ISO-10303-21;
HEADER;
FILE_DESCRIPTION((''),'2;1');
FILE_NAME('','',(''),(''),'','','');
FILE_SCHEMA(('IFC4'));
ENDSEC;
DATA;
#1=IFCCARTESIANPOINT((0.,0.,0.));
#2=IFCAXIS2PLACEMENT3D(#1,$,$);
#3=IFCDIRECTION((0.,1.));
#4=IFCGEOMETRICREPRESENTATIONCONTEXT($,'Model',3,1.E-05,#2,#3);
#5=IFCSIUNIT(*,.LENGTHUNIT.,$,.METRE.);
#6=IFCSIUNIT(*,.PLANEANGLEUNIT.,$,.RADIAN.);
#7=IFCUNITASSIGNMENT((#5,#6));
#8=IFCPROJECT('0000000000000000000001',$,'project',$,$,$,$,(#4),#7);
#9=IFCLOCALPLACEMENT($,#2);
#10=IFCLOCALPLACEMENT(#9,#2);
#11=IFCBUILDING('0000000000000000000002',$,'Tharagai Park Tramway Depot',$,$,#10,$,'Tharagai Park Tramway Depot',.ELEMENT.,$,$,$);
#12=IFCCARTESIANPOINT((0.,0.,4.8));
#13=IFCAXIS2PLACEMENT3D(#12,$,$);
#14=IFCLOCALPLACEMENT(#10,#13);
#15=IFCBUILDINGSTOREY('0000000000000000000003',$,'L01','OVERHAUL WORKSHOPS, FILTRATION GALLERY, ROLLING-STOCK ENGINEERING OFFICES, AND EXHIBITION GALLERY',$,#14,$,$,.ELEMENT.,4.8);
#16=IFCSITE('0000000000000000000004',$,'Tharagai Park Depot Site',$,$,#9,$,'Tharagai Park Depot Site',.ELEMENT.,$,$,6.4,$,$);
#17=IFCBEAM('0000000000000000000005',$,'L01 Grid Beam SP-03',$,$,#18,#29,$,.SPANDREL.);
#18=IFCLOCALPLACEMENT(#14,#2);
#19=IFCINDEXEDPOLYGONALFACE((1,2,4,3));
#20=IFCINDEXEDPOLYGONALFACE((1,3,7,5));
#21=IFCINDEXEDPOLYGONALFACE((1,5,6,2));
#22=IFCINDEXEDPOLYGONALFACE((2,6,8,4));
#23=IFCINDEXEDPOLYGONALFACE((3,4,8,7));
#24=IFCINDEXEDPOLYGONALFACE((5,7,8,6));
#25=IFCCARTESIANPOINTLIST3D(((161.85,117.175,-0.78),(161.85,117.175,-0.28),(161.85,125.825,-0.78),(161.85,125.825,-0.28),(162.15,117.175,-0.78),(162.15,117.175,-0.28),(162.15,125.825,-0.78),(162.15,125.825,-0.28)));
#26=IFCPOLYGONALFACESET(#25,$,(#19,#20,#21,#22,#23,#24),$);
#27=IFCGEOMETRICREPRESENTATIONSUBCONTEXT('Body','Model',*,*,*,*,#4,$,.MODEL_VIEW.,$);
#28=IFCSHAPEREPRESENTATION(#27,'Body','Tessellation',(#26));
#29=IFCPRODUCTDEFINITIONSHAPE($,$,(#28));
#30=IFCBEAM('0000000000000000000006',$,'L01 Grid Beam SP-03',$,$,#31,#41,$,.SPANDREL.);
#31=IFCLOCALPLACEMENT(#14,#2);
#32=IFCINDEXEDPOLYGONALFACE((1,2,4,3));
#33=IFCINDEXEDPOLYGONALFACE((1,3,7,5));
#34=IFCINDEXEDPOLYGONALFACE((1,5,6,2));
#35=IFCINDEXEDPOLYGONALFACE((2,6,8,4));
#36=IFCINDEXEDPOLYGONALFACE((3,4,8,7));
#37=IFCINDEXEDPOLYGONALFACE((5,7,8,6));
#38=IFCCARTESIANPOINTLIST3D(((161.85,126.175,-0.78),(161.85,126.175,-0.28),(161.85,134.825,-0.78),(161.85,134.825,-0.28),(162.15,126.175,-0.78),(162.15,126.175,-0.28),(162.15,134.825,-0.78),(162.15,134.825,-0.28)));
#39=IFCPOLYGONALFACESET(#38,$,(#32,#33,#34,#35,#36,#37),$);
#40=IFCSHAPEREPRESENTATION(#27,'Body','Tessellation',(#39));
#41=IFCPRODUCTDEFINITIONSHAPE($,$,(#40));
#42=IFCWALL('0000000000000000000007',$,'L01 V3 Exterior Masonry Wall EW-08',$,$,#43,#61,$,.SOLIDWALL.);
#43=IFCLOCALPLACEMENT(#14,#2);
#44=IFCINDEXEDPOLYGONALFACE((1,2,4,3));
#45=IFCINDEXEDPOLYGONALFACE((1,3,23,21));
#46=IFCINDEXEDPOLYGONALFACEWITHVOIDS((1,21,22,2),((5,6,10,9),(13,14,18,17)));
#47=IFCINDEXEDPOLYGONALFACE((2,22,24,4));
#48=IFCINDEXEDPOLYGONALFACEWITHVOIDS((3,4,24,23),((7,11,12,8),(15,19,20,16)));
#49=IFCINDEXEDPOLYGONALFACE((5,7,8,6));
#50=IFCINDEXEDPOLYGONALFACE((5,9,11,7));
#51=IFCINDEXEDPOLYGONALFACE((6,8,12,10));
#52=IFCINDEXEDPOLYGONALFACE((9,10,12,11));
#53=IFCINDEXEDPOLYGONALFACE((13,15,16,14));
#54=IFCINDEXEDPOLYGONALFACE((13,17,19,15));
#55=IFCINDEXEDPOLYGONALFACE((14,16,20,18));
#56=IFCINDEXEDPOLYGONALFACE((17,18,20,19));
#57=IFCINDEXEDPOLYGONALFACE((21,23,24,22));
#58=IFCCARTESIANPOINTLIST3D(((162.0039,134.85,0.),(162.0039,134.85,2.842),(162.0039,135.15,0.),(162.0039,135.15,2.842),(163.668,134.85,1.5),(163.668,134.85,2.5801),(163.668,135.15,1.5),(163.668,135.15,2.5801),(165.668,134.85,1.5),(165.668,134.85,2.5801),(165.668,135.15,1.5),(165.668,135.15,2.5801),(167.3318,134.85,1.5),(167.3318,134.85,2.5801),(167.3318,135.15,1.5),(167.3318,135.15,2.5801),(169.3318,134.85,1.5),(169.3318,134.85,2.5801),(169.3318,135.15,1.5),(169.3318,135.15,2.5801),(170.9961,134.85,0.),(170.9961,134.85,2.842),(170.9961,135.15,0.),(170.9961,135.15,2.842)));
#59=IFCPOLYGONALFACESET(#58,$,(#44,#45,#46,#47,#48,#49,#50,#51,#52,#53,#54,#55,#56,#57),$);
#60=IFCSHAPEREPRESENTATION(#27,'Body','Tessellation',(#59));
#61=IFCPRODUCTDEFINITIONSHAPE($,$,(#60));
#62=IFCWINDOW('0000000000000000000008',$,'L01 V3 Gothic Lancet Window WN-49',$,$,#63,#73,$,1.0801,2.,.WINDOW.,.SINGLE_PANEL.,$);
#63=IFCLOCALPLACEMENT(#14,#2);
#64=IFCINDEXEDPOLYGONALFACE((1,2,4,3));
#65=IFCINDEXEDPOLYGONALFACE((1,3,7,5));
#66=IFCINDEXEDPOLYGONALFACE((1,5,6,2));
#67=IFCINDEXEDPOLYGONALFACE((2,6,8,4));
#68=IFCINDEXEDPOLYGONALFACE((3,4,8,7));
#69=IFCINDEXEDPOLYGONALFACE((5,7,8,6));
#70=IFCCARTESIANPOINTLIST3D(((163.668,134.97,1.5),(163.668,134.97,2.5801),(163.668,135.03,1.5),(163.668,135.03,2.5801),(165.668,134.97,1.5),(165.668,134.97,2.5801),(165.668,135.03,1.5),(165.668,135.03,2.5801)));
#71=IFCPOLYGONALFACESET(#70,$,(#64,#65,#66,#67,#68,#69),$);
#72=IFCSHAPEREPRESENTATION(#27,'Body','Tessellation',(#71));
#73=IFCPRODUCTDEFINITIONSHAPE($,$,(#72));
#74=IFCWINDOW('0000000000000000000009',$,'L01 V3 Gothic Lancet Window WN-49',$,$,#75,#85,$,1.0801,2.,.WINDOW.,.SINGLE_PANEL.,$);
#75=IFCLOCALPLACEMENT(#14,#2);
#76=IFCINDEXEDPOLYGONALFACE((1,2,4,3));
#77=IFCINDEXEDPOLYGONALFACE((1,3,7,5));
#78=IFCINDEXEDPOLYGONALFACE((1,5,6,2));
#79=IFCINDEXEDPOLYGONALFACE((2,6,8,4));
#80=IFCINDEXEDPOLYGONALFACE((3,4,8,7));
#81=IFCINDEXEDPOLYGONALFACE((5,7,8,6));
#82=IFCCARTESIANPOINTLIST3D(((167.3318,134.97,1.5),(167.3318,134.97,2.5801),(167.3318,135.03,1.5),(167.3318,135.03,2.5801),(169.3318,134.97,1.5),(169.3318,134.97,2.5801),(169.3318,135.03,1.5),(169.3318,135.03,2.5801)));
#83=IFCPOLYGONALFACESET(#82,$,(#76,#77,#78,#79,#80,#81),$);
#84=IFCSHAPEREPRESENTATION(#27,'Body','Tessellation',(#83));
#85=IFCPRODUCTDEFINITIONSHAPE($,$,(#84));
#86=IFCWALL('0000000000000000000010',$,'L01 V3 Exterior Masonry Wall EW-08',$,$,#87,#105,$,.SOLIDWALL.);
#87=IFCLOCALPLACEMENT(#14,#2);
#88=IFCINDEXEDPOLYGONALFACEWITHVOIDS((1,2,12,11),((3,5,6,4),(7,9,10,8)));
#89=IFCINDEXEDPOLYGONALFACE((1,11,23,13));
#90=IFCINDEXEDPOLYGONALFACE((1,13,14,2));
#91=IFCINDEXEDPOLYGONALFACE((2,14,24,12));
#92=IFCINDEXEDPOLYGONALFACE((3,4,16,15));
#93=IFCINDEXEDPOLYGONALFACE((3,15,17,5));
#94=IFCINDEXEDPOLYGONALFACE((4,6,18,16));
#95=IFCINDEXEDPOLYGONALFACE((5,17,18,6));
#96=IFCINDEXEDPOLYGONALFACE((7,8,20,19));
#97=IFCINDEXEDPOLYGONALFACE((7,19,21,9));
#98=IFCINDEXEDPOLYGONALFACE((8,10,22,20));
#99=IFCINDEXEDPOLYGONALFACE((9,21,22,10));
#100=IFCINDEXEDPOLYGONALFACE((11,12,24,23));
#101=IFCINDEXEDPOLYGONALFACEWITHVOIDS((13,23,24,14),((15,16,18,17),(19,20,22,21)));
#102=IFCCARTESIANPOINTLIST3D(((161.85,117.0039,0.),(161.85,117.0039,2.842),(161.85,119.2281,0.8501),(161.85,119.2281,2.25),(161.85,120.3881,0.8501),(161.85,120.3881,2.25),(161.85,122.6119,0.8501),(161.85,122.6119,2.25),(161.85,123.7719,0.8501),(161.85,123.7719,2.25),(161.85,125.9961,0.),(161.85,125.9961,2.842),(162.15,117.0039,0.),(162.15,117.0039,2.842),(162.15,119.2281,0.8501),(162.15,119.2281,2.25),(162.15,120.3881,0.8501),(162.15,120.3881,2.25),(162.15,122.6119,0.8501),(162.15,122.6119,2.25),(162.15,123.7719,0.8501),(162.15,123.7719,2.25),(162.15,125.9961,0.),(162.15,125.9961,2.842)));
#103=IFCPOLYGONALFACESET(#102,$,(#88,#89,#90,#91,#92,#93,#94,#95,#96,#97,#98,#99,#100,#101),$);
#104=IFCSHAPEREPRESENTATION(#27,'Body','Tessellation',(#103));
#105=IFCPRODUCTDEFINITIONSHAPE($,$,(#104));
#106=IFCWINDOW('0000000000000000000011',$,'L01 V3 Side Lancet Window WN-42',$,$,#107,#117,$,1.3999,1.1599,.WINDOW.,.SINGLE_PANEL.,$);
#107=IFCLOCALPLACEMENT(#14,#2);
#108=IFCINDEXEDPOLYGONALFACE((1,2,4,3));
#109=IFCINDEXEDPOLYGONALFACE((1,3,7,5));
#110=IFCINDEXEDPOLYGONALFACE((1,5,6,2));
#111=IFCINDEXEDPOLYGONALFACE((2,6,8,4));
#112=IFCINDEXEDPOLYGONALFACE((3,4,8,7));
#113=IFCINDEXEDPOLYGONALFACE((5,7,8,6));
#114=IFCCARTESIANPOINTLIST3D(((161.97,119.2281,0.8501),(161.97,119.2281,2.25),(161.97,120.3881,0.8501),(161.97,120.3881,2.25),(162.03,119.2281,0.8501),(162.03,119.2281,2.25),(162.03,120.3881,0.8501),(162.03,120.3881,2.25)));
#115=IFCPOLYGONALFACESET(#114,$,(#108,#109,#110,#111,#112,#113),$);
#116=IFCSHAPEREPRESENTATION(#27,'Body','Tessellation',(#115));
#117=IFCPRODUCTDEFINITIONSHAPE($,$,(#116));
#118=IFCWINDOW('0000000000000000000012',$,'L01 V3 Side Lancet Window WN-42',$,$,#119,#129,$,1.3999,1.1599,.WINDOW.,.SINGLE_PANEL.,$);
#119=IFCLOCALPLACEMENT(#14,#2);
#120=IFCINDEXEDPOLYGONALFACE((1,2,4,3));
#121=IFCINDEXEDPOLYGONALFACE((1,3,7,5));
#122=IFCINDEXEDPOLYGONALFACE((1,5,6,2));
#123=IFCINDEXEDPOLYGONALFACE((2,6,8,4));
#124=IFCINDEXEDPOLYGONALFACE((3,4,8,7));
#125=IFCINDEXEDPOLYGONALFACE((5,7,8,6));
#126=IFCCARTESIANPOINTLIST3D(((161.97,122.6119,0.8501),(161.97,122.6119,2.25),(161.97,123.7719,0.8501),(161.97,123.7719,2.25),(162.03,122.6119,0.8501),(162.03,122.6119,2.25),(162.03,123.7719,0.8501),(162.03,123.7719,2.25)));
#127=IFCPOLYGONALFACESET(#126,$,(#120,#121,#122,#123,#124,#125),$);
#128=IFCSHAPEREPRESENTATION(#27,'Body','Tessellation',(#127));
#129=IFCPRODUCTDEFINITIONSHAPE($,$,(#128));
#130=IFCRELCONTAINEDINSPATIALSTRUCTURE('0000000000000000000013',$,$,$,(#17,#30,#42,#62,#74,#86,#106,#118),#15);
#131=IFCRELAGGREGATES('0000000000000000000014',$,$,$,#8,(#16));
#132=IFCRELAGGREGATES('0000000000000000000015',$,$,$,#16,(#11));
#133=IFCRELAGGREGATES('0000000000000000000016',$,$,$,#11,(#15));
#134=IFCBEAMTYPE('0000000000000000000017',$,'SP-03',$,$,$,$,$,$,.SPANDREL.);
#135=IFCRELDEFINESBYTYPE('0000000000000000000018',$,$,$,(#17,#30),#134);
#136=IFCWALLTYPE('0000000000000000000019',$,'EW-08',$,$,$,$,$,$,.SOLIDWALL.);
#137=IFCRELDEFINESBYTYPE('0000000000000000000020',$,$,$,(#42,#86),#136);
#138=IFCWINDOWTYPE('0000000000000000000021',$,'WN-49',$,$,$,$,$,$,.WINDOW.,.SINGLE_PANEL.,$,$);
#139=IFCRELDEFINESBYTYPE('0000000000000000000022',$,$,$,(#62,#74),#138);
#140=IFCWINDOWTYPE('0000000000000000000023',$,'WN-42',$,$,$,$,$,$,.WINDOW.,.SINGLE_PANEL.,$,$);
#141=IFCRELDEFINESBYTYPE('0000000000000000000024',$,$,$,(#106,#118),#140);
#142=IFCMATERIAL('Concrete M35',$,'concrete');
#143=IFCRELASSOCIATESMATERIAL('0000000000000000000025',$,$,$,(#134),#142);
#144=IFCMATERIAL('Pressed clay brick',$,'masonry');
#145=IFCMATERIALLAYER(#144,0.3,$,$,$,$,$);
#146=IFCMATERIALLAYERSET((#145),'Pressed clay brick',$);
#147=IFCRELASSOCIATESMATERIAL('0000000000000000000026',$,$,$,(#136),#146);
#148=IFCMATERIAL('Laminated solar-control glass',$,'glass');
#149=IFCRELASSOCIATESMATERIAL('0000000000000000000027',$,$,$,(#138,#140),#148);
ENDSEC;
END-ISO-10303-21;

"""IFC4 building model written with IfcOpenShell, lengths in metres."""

from ifc_helpers import new_model, si_unit, direction, frame, frame_2d, origin, origin_2d, place, context, subcontext, project, spatial, rectangle, extrude, material, layer, layer_set, material_profile, profile_set, type_object, element, fill, save


model = new_model("IFC4")

# Units and contexts
model_context = context("Model", 3, precision=1e-05, world=origin(), true_north=direction((0.0, 1.0)))
body_context = subcontext(model_context, "Body", "Model", "MODEL_VIEW")
ifc_project = project(units=[si_unit("LENGTHUNIT", "METRE"), si_unit("PLANEANGLEUNIT", "RADIAN")], contexts=[model_context])

# Site, building, storey
site_placement = place(None, origin())
site = spatial("IfcSite", under=ifc_project, at=site_placement, Name="Tharagai Park Depot Site", LongName="Tharagai Park Depot Site", CompositionType="ELEMENT", RefElevation=6.4)
building_placement = place(site_placement, origin())
building = spatial("IfcBuilding", under=site, at=building_placement, Name="Tharagai Park Tramway Depot", LongName="Tharagai Park Tramway Depot", CompositionType="ELEMENT")
storey_placement = place(building_placement, frame((0.0, 0.0, 4.8)))
storey = spatial("IfcBuildingStorey", under=building, at=storey_placement, Name="L01", Description="OVERHAUL WORKSHOPS, FILTRATION GALLERY, ROLLING-STOCK ENGINEERING OFFICES, AND EXHIBITION GALLERY", CompositionType="ELEMENT", Elevation=4.8)

# Beams
ifc_material_1 = material(Name="Concrete M35", Category="concrete")
ifc_material_profile_1 = material_profile(ifc_material_1, rectangle(XDim=0.3, YDim=0.5, at=origin_2d()), Name="RC 300x500")
ifc_profile_set_1 = profile_set([ifc_material_profile_1], Name="Concrete M35")
beam_type_1 = type_object("IfcBeamType", Name="SP-03", PredefinedType="SPANDREL", material=ifc_profile_set_1)
for number, where, z_axis, x_axis, name in (
    (1, (162.0, 117.175, -0.53), (0.0, 1.0, 0.0), (-1.0, 0.0, 0.0), "L01 Grid Beam SP-03"),
    (2, (162.0, 126.175, -0.53), (0.0, 1.0, 0.0), (-1.0, 0.0, 0.0), "L01 Grid Beam SP-03"),
):
    element("IfcBeam", number, at=place(storey_placement, frame(where, z_axis=z_axis, x_axis=x_axis)), inside=storey, type_object=beam_type_1, Name=name, PredefinedType="SPANDREL", context=body_context, shape_type="SweptSolid", body=[
        extrude(rectangle(XDim=0.3, YDim=0.5, at=origin_2d()), origin(), (0.0, 0.0, 1.0), 8.6499),
    ])

# Walls, openings, windows
ifc_material_2 = material(Name="Pressed clay brick", Category="masonry")
ifc_layer = layer(ifc_material_2, 0.3)
ifc_layer_set = layer_set([ifc_layer], Name="Pressed clay brick")
wall_type = type_object("IfcWallType", Name="EW-08", PredefinedType="SOLIDWALL", material=ifc_layer_set)
wall_1_placement = place(storey_placement, frame((162.0039, 135.0, 0.0), z_axis=(0.0, 0.0, 1.0), x_axis=(1.0, 0.0, 0.0)))
wall_1 = element("IfcWall", 3, at=wall_1_placement, inside=storey, type_object=wall_type, Name="L01 V3 Exterior Masonry Wall EW-08", PredefinedType="SOLIDWALL", context=body_context, shape_type="SweptSolid", body=[
    extrude(rectangle(XDim=8.9922, YDim=0.3, at=frame_2d((4.4961, 0.0))), origin(), (0.0, 0.0, 1.0), 2.842),
])
opening_1_placement = place(wall_1_placement, frame((1.6641, 0.0, 1.5)))
opening_1 = element("IfcOpeningElement", 4, at=opening_1_placement, cuts=wall_1, PredefinedType="OPENING", context=body_context, shape_type="SweptSolid", body=[
    extrude(rectangle(XDim=2.0, YDim=1.0801, at=frame_2d((1.0, 0.54))), frame((0.0, 0.1599, 0.0), z_axis=(0.0, -1.0, 0.0), x_axis=(1.0, 0.0, 0.0)), (0.0, 0.0, 1.0), 0.3201),
])
opening_2_placement = place(wall_1_placement, frame((5.3279, 0.0, 1.5)))
opening_2 = element("IfcOpeningElement", 5, at=opening_2_placement, cuts=wall_1, PredefinedType="OPENING", context=body_context, shape_type="SweptSolid", body=[
    extrude(rectangle(XDim=2.0, YDim=1.0801, at=frame_2d((1.0, 0.54))), frame((0.0, 0.1599, 0.0), z_axis=(0.0, -1.0, 0.0), x_axis=(1.0, 0.0, 0.0)), (0.0, 0.0, 1.0), 0.3201),
])
ifc_material_3 = material(Name="Laminated solar-control glass", Category="glass")
window_type_1 = type_object("IfcWindowType", Name="WN-49", PartitioningType="SINGLE_PANEL", PredefinedType="WINDOW", material=ifc_material_3)
window_1_placement = place(opening_1_placement, origin())
window_1 = element("IfcWindow", 6, at=window_1_placement, inside=storey, type_object=window_type_1, Name="L01 V3 Gothic Lancet Window WN-49", OverallHeight=1.0801, OverallWidth=2.0, PartitioningType="SINGLE_PANEL", PredefinedType="WINDOW", context=body_context, shape_type="SweptSolid", body=[
    extrude(rectangle(XDim=2.0, YDim=1.0801, at=frame_2d((1.0, 0.54))), frame((0.0, 0.03, 0.0), z_axis=(0.0, -1.0, 0.0), x_axis=(1.0, 0.0, 0.0)), (0.0, 0.0, 1.0), 0.0601),
])
fill(opening_1, window_1)
window_2_placement = place(opening_2_placement, origin())
window_2 = element("IfcWindow", 7, at=window_2_placement, inside=storey, type_object=window_type_1, Name="L01 V3 Gothic Lancet Window WN-49", OverallHeight=1.0801, OverallWidth=2.0, PartitioningType="SINGLE_PANEL", PredefinedType="WINDOW", context=body_context, shape_type="SweptSolid", body=[
    extrude(rectangle(XDim=2.0, YDim=1.0801, at=frame_2d((1.0, 0.54))), frame((0.0, 0.03, 0.0), z_axis=(0.0, -1.0, 0.0), x_axis=(1.0, 0.0, 0.0)), (0.0, 0.0, 1.0), 0.0601),
])
fill(opening_2, window_2)
wall_2_placement = place(storey_placement, frame((162.0, 117.0039, 0.0), z_axis=(0.0, 0.0, 1.0), x_axis=(0.0, 1.0, 0.0)))
wall_2 = element("IfcWall", 8, at=wall_2_placement, inside=storey, type_object=wall_type, Name="L01 V3 Exterior Masonry Wall EW-08", PredefinedType="SOLIDWALL", context=body_context, shape_type="SweptSolid", body=[
    extrude(rectangle(XDim=8.9922, YDim=0.3, at=frame_2d((4.4961, 0.0))), origin(), (0.0, 0.0, 1.0), 2.842),
])
opening_3_placement = place(wall_2_placement, frame((2.2241, 0.0, 0.8501)))
opening_3 = element("IfcOpeningElement", 9, at=opening_3_placement, cuts=wall_2, PredefinedType="OPENING", context=body_context, shape_type="SweptSolid", body=[
    extrude(rectangle(XDim=1.1599, YDim=1.3999, at=frame_2d((0.5801, 0.7))), frame((0.0, 0.1599, 0.0), z_axis=(0.0, -1.0, 0.0), x_axis=(1.0, 0.0, 0.0)), (0.0, 0.0, 1.0), 0.3201),
])
opening_4_placement = place(wall_2_placement, frame((5.6079, 0.0, 0.8501)))
opening_4 = element("IfcOpeningElement", 10, at=opening_4_placement, cuts=wall_2, PredefinedType="OPENING", context=body_context, shape_type="SweptSolid", body=[
    extrude(rectangle(XDim=1.1599, YDim=1.3999, at=frame_2d((0.5801, 0.7))), frame((0.0, 0.1599, 0.0), z_axis=(0.0, -1.0, 0.0), x_axis=(1.0, 0.0, 0.0)), (0.0, 0.0, 1.0), 0.3201),
])
window_type_2 = type_object("IfcWindowType", Name="WN-42", PartitioningType="SINGLE_PANEL", PredefinedType="WINDOW", material=ifc_material_3)
window_3_placement = place(opening_3_placement, origin())
window_3 = element("IfcWindow", 11, at=window_3_placement, inside=storey, type_object=window_type_2, Name="L01 V3 Side Lancet Window WN-42", OverallHeight=1.3999, OverallWidth=1.1599, PartitioningType="SINGLE_PANEL", PredefinedType="WINDOW", context=body_context, shape_type="SweptSolid", body=[
    extrude(rectangle(XDim=1.1599, YDim=1.3999, at=frame_2d((0.5801, 0.7))), frame((0.0, 0.03, 0.0), z_axis=(0.0, -1.0, 0.0), x_axis=(1.0, 0.0, 0.0)), (0.0, 0.0, 1.0), 0.0601),
])
fill(opening_3, window_3)
window_4_placement = place(opening_4_placement, origin())
window_4 = element("IfcWindow", 12, at=window_4_placement, inside=storey, type_object=window_type_2, Name="L01 V3 Side Lancet Window WN-42", OverallHeight=1.3999, OverallWidth=1.1599, PartitioningType="SINGLE_PANEL", PredefinedType="WINDOW", context=body_context, shape_type="SweptSolid", body=[
    extrude(rectangle(XDim=1.1599, YDim=1.3999, at=frame_2d((0.5801, 0.7))), frame((0.0, 0.03, 0.0), z_axis=(0.0, -1.0, 0.0), x_axis=(1.0, 0.0, 0.0)), (0.0, 0.0, 1.0), 0.0601),
])
fill(opening_4, window_4)

save(model, "model.ifc")
